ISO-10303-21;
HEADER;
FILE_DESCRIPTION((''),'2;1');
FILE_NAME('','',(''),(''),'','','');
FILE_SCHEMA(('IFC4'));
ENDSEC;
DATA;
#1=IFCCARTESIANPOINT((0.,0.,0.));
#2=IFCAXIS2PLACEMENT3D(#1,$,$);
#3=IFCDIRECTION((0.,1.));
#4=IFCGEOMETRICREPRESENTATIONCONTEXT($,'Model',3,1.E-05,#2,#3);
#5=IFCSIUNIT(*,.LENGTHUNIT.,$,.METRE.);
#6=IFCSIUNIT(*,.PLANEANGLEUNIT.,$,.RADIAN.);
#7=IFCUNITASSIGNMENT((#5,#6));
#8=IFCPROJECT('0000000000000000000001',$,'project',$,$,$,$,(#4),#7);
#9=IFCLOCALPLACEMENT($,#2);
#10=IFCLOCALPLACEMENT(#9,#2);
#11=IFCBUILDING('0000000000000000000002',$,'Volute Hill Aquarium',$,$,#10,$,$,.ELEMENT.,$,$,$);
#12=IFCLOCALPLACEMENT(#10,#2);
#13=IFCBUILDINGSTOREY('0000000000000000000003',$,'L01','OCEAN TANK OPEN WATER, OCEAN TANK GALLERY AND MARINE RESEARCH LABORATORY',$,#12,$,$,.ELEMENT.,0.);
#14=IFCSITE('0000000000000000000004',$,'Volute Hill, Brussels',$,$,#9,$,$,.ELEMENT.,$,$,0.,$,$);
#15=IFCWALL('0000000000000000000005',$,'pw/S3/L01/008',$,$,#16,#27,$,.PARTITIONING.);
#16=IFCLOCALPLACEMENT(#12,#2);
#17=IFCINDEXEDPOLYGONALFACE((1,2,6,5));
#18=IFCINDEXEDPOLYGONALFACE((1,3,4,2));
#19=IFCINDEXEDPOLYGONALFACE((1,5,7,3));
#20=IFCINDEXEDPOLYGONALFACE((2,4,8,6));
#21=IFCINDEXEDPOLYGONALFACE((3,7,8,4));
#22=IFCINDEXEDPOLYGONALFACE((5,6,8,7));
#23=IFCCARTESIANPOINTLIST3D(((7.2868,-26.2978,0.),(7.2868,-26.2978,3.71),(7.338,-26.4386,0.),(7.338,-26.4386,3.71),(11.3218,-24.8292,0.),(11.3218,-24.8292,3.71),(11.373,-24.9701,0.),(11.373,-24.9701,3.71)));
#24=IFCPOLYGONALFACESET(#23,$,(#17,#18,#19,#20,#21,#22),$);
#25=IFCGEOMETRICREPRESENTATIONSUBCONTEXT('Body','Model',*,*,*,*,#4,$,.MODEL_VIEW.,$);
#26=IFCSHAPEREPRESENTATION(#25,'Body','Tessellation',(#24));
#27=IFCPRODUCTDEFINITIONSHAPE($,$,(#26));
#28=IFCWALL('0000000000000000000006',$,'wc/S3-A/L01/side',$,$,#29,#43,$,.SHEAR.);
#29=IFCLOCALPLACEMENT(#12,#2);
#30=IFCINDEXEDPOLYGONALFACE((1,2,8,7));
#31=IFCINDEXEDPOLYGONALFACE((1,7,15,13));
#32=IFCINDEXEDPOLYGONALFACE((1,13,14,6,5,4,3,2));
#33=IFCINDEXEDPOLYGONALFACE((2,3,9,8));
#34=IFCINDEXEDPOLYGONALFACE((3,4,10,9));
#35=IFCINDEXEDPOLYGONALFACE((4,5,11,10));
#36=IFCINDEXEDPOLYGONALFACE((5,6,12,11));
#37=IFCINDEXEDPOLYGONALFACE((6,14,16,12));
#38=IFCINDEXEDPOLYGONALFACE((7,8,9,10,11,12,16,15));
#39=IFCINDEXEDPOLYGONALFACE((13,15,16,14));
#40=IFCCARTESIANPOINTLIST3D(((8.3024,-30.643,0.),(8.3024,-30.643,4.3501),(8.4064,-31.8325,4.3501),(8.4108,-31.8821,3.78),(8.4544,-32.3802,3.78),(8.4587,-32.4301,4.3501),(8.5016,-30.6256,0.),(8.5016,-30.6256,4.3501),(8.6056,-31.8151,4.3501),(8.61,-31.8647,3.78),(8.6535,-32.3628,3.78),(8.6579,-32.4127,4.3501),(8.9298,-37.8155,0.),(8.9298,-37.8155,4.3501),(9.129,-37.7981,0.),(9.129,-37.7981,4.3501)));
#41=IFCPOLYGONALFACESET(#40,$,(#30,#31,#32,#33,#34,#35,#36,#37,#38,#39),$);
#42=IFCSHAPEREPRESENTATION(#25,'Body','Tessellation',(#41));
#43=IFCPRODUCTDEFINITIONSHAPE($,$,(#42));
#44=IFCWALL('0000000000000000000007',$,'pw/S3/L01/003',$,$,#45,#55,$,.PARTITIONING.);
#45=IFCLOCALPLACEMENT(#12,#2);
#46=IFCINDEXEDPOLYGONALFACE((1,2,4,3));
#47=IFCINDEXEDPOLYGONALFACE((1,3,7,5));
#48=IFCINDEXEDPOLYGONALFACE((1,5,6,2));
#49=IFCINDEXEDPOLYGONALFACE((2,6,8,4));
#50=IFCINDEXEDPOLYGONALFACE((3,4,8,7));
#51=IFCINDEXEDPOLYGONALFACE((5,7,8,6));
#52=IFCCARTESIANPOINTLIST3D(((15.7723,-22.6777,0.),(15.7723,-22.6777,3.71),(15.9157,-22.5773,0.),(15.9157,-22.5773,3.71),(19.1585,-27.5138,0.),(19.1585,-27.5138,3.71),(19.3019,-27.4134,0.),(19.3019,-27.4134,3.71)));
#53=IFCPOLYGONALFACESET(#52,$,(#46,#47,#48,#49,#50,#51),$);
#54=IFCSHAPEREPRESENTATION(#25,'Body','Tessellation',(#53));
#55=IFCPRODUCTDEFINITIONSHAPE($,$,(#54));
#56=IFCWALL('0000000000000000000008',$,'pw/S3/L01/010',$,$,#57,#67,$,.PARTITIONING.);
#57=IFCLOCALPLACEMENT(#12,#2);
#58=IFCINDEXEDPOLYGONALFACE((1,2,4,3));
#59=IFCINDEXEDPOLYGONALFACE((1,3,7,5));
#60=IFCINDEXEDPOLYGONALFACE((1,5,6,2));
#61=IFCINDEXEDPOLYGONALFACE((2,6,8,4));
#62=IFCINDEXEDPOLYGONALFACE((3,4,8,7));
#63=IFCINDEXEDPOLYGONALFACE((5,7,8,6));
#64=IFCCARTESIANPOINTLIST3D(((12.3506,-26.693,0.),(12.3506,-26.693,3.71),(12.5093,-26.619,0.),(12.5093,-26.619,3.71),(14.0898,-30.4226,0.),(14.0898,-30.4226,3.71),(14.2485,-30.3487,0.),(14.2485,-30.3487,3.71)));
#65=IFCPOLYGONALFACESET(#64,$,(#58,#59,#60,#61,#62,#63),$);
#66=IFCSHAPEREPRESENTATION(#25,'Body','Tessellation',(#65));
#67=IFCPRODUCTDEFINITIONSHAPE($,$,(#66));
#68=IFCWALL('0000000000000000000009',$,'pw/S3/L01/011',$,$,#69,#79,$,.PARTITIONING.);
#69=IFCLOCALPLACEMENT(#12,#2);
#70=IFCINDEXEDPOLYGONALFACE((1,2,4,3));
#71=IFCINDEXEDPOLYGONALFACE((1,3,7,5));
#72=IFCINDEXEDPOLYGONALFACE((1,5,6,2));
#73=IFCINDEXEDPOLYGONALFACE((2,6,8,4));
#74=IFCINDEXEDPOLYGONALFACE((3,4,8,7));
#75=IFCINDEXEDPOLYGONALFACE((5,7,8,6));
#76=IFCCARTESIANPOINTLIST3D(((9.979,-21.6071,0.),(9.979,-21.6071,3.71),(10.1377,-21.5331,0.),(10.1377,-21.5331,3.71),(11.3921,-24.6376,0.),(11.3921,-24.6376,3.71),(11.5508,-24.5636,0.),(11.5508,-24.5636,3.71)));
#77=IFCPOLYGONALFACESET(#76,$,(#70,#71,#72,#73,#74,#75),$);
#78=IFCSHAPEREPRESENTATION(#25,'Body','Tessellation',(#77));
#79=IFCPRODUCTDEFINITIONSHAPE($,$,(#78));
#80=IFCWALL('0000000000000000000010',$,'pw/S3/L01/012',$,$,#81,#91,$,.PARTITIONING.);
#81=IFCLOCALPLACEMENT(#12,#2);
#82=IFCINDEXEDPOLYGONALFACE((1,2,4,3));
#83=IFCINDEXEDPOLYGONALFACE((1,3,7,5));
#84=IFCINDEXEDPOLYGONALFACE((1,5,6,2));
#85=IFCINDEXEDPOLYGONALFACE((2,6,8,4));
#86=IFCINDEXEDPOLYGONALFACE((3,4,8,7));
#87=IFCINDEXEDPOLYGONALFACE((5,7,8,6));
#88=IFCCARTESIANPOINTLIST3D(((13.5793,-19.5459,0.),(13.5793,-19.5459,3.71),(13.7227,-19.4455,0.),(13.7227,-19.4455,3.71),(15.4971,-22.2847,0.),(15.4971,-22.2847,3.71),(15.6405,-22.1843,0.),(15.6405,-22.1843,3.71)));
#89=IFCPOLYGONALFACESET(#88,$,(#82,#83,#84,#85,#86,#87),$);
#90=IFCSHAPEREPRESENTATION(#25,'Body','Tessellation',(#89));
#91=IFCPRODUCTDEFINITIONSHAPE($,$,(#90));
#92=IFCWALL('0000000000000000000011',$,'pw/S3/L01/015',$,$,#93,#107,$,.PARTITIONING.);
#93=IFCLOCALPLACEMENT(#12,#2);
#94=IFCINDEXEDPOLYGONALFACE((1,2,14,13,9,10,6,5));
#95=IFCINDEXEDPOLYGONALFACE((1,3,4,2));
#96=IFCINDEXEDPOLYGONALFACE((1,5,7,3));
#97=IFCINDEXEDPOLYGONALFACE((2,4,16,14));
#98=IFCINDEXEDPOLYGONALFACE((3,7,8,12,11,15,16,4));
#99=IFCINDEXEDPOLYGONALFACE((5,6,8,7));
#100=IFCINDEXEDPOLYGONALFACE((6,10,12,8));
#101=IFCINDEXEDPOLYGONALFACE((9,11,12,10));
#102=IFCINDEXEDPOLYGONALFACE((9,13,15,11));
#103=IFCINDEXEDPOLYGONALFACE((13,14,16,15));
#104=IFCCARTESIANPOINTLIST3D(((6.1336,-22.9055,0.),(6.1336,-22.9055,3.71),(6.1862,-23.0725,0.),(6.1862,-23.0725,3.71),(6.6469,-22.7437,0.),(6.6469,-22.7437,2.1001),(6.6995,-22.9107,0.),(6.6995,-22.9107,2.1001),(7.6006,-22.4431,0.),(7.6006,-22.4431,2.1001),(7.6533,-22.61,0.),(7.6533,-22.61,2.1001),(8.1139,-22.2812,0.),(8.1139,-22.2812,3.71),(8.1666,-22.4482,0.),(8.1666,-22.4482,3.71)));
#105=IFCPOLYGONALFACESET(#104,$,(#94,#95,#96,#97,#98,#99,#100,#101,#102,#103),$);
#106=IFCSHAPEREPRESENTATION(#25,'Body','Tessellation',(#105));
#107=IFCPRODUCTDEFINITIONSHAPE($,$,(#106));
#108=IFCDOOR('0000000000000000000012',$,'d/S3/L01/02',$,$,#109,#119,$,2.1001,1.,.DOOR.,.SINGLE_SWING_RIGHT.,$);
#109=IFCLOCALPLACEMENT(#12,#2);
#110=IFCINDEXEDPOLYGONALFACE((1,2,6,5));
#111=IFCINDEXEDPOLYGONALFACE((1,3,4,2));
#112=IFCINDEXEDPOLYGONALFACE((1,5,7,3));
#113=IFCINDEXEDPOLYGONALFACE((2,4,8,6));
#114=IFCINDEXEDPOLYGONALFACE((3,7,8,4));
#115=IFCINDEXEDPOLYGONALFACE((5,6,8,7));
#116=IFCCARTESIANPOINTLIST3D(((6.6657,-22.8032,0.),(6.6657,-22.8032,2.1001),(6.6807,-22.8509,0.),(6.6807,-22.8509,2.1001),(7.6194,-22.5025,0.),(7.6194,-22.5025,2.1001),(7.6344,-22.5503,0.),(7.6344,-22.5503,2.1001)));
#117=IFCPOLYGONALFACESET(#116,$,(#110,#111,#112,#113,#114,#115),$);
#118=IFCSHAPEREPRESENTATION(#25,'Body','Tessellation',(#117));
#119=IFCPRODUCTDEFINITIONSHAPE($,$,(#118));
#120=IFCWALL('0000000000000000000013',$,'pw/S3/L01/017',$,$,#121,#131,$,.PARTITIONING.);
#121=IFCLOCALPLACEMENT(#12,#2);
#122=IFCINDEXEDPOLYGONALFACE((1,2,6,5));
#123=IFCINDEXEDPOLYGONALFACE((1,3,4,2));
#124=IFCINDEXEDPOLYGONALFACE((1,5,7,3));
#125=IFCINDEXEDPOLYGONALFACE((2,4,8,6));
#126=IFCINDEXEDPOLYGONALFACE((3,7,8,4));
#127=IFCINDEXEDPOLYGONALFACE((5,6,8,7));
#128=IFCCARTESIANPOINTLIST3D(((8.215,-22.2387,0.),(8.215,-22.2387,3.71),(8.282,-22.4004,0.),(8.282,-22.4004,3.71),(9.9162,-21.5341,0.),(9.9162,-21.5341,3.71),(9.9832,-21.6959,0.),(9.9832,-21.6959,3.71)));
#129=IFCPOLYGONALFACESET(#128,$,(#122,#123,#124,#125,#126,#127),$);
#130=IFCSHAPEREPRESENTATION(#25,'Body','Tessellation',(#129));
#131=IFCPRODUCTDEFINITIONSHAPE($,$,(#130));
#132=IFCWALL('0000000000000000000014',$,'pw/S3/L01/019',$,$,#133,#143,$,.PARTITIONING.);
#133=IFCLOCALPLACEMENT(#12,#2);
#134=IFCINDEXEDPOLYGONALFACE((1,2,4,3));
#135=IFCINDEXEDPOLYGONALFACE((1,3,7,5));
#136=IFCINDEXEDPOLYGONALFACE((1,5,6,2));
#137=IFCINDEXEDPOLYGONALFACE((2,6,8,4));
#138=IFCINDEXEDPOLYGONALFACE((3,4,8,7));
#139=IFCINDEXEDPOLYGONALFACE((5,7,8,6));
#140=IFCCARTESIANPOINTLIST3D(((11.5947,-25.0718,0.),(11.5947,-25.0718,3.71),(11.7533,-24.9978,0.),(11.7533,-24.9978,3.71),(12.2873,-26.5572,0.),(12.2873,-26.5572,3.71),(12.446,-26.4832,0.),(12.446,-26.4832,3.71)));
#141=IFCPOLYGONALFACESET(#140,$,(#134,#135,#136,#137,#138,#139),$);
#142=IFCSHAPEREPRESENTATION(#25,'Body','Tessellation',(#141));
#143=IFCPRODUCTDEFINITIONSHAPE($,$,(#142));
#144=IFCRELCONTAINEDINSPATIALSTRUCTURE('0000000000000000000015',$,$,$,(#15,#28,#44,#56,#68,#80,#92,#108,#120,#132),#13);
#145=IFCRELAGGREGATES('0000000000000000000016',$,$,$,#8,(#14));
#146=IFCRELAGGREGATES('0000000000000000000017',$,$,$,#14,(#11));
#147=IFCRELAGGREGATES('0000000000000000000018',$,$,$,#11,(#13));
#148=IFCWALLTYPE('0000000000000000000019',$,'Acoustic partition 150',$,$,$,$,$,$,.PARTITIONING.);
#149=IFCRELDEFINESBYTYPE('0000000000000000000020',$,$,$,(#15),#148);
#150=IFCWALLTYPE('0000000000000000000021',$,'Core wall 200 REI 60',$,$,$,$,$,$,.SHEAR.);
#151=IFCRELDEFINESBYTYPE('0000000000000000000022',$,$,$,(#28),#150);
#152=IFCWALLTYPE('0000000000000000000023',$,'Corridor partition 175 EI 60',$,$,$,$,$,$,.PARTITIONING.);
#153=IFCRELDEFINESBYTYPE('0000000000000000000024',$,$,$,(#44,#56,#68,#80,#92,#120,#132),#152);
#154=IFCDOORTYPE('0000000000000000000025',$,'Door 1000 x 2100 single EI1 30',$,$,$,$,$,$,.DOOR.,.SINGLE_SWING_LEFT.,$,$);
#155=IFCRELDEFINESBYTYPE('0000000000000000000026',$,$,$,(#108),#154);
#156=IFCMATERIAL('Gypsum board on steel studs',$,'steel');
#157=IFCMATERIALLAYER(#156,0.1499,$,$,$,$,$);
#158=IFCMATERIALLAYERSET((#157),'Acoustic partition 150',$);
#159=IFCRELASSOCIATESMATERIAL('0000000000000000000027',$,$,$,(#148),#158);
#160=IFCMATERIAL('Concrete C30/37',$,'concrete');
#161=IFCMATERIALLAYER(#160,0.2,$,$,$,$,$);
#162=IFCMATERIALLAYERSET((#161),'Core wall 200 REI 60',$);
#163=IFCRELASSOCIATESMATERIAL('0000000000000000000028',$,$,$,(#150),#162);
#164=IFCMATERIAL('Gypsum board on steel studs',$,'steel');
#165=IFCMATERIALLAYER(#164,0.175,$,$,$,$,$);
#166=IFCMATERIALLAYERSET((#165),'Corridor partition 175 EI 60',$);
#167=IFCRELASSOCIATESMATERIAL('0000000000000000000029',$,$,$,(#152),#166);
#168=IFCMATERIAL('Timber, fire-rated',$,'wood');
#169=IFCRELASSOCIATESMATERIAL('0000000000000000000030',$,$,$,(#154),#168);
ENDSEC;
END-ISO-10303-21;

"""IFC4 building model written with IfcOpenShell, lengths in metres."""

from ifc_helpers import new_model, si_unit, direction, frame, frame_2d, origin, place, context, subcontext, project, spatial, polyline, rectangle, outline, extrude, material, layer, layer_set, type_object, element, fill, save


model = new_model("IFC4")

# Units and contexts
model_context = context("Model", 3, precision=1e-05, world=origin(), true_north=direction((0.0, 1.0)))
body_context = subcontext(model_context, "Body", "Model", "MODEL_VIEW")
ifc_project = project(units=[si_unit("LENGTHUNIT", "METRE"), si_unit("PLANEANGLEUNIT", "RADIAN")], contexts=[model_context])

# Site, building, storey
site_placement = place(None, origin())
site = spatial("IfcSite", under=ifc_project, at=site_placement, Name="Volute Hill, Brussels", CompositionType="ELEMENT", RefElevation=0.0)
building_placement = place(site_placement, origin())
building = spatial("IfcBuilding", under=site, at=building_placement, Name="Volute Hill Aquarium", CompositionType="ELEMENT")
storey_placement = place(building_placement, origin())
storey = spatial("IfcBuildingStorey", under=building, at=storey_placement, Name="L01", Description="OCEAN TANK OPEN WATER, OCEAN TANK GALLERY AND MARINE RESEARCH LABORATORY", CompositionType="ELEMENT", Elevation=0.0)

# Walls
ifc_material_1 = material(Name="Gypsum board on steel studs", Category="steel")
ifc_layer_1 = layer(ifc_material_1, 0.1499)
ifc_layer_set_1 = layer_set([ifc_layer_1], Name="Acoustic partition 150")
wall_type_1 = type_object("IfcWallType", Name="Acoustic partition 150", PredefinedType="PARTITIONING", material=ifc_layer_set_1)
wall_1_placement = place(storey_placement, frame((11.3474, -24.8997, 0.0), z_axis=(0.0, 0.0, 1.0), x_axis=(-0.939699, -0.342003, 0.0)))
element("IfcWall", 1, at=wall_1_placement, inside=storey, type_object=wall_type_1, Name="pw/S3/L01/008", PredefinedType="PARTITIONING", context=body_context, shape_type="SweptSolid", body=[
    extrude(rectangle(XDim=4.2939, YDim=0.1499, at=frame_2d((2.147, 0.0))), origin(), (0.0, 0.0, 1.0), 3.71),
])
ifc_material_2 = material(Name="Concrete C30/37", Category="concrete")
ifc_layer_2 = layer(ifc_material_2, 0.2)
ifc_layer_set_2 = layer_set([ifc_layer_2], Name="Core wall 200 REI 60")
wall_type_2 = type_object("IfcWallType", Name="Core wall 200 REI 60", PredefinedType="SHEAR", material=ifc_layer_set_2)
wall_2_placement = place(storey_placement, frame((8.4019, -30.6343, 0.0), z_axis=(0.0, 0.0, 1.0), x_axis=(0.087145, -0.996196, 0.0)))
element("IfcWall", 2, at=wall_2_placement, inside=storey, type_object=wall_type_2, Name="wc/S3-A/L01/side", PredefinedType="SHEAR", context=body_context, shape_type="SweptSolid", body=[
    extrude(outline(polyline([(0.0, 0.0), (7.2, 0.0), (7.2, 4.3501), (1.7939, 4.3501), (1.7439, 3.78), (1.2439, 3.78), (1.1941, 4.3501), (0.0, 4.3501), (0.0, 0.0)])), frame((0.0, 0.1001, 0.0), z_axis=(0.0, -1.0, 0.0), x_axis=(1.0, 0.0, 0.0)), (0.0, 0.0, 1.0), 0.2),
])
ifc_material_3 = material(Name="Gypsum board on steel studs", Category="steel")
ifc_layer_3 = layer(ifc_material_3, 0.175)
ifc_layer_set_3 = layer_set([ifc_layer_3], Name="Corridor partition 175 EI 60")
wall_type_3 = type_object("IfcWallType", Name="Corridor partition 175 EI 60", PredefinedType="PARTITIONING", material=ifc_layer_set_3)
wall_3_placement = place(storey_placement, frame((19.2302, -27.4636, 0.0), z_axis=(0.0, 0.0, 1.0), x_axis=(-0.573565, 0.81916, 0.0)))
element("IfcWall", 3, at=wall_3_placement, inside=storey, type_object=wall_type_3, Name="pw/S3/L01/003", PredefinedType="PARTITIONING", context=body_context, shape_type="SweptSolid", body=[
    extrude(rectangle(XDim=5.9038, YDim=0.175, at=frame_2d((2.9519, 0.0))), origin(), (0.0, 0.0, 1.0), 3.71),
])
wall_4_placement = place(storey_placement, frame((12.4299, -26.656, 0.0), z_axis=(0.0, 0.0, 1.0), x_axis=(0.422629, -0.906303, 0.0)))
element("IfcWall", 4, at=wall_4_placement, inside=storey, type_object=wall_type_3, Name="pw/S3/L01/010", PredefinedType="PARTITIONING", context=body_context, shape_type="SweptSolid", body=[
    extrude(rectangle(XDim=4.1152, YDim=0.175, at=frame_2d((2.0576, 0.0))), origin(), (0.0, 0.0, 1.0), 3.71),
])
wall_5_placement = place(storey_placement, frame((11.4714, -24.6006, 0.0), z_axis=(0.0, 0.0, 1.0), x_axis=(-0.422602, 0.906316, 0.0)))
element("IfcWall", 5, at=wall_5_placement, inside=storey, type_object=wall_type_3, Name="pw/S3/L01/011", PredefinedType="PARTITIONING", context=body_context, shape_type="SweptSolid", body=[
    extrude(rectangle(XDim=3.3438, YDim=0.175, at=frame_2d((1.6719, 0.0))), origin(), (0.0, 0.0, 1.0), 3.71),
])
wall_6_placement = place(storey_placement, frame((15.5688, -22.2346, 0.0), z_axis=(0.0, 0.0, 1.0), x_axis=(-0.57358, 0.81915, 0.0)))
element("IfcWall", 6, at=wall_6_placement, inside=storey, type_object=wall_type_3, Name="pw/S3/L01/012", PredefinedType="PARTITIONING", context=body_context, shape_type="SweptSolid", body=[
    extrude(rectangle(XDim=3.3435, YDim=0.175, at=frame_2d((1.6719, 0.0))), origin(), (0.0, 0.0, 1.0), 3.71),
])

# Wall, opening, door
wall_7_placement = place(storey_placement, frame((8.1401, -22.3647, 0.0), z_axis=(0.0, 0.0, 1.0), x_axis=(-0.95373, -0.300664, 0.0)))
wall_7 = element("IfcWall", 7, at=wall_7_placement, inside=storey, type_object=wall_type_3, Name="pw/S3/L01/015", PredefinedType="PARTITIONING", context=body_context, shape_type="SweptSolid", body=[
    extrude(rectangle(XDim=2.0764, YDim=0.175, at=frame_2d((1.0381, 0.0))), origin(), (0.0, 0.0, 1.0), 3.71),
])
opening_placement = place(wall_7_placement, frame((0.5381, 0.0, 0.0)))
opening = element("IfcOpeningElement", 8, at=opening_placement, cuts=wall_7, PredefinedType="OPENING", context=body_context, shape_type="SweptSolid", body=[
    extrude(rectangle(XDim=1.0, YDim=2.1001, at=frame_2d((0.5, 1.05))), frame((0.0, 0.0974, 0.0), z_axis=(0.0, -1.0, 0.0), x_axis=(1.0, 0.0, 0.0)), (0.0, 0.0, 1.0), 0.1951),
])
ifc_material_4 = material(Name="Timber, fire-rated", Category="wood")
door_type = type_object("IfcDoorType", Name="Door 1000 x 2100 single EI1 30", OperationType="SINGLE_SWING_LEFT", PredefinedType="DOOR", material=ifc_material_4)
door_placement = place(opening_placement, origin())
door = element("IfcDoor", 9, at=door_placement, inside=storey, type_object=door_type, Name="d/S3/L01/02", OperationType="SINGLE_SWING_RIGHT", OverallHeight=2.1001, OverallWidth=1.0, PredefinedType="DOOR", context=body_context, shape_type="SweptSolid", body=[
    extrude(rectangle(XDim=1.0, YDim=2.1001, at=frame_2d((0.5, 1.05))), frame((0.0, 0.0249, 0.0), z_axis=(0.0, -1.0, 0.0), x_axis=(1.0, 0.0, 0.0)), (0.0, 0.0, 1.0), 0.05),
])
fill(opening, door)

# Walls
wall_8_placement = place(storey_placement, frame((9.9497, -21.615, 0.0), z_axis=(0.0, 0.0, 1.0), x_axis=(-0.923891, -0.382656, 0.0)))
element("IfcWall", 10, at=wall_8_placement, inside=storey, type_object=wall_type_3, Name="pw/S3/L01/017", PredefinedType="PARTITIONING", context=body_context, shape_type="SweptSolid", body=[
    extrude(rectangle(XDim=1.8413, YDim=0.175, at=frame_2d((0.9207, 0.0))), origin(), (0.0, 0.0, 1.0), 3.71),
])
wall_9_placement = place(storey_placement, frame((11.6741, -25.0349, 0.0), z_axis=(0.0, 0.0, 1.0), x_axis=(0.422616, -0.906309, 0.0)))
element("IfcWall", 11, at=wall_9_placement, inside=storey, type_object=wall_type_3, Name="pw/S3/L01/019", PredefinedType="PARTITIONING", context=body_context, shape_type="SweptSolid", body=[
    extrude(rectangle(XDim=1.6389, YDim=0.175, at=frame_2d((0.8193, 0.0))), origin(), (0.0, 0.0, 1.0), 3.71),
])

save(model, "model.ifc")
